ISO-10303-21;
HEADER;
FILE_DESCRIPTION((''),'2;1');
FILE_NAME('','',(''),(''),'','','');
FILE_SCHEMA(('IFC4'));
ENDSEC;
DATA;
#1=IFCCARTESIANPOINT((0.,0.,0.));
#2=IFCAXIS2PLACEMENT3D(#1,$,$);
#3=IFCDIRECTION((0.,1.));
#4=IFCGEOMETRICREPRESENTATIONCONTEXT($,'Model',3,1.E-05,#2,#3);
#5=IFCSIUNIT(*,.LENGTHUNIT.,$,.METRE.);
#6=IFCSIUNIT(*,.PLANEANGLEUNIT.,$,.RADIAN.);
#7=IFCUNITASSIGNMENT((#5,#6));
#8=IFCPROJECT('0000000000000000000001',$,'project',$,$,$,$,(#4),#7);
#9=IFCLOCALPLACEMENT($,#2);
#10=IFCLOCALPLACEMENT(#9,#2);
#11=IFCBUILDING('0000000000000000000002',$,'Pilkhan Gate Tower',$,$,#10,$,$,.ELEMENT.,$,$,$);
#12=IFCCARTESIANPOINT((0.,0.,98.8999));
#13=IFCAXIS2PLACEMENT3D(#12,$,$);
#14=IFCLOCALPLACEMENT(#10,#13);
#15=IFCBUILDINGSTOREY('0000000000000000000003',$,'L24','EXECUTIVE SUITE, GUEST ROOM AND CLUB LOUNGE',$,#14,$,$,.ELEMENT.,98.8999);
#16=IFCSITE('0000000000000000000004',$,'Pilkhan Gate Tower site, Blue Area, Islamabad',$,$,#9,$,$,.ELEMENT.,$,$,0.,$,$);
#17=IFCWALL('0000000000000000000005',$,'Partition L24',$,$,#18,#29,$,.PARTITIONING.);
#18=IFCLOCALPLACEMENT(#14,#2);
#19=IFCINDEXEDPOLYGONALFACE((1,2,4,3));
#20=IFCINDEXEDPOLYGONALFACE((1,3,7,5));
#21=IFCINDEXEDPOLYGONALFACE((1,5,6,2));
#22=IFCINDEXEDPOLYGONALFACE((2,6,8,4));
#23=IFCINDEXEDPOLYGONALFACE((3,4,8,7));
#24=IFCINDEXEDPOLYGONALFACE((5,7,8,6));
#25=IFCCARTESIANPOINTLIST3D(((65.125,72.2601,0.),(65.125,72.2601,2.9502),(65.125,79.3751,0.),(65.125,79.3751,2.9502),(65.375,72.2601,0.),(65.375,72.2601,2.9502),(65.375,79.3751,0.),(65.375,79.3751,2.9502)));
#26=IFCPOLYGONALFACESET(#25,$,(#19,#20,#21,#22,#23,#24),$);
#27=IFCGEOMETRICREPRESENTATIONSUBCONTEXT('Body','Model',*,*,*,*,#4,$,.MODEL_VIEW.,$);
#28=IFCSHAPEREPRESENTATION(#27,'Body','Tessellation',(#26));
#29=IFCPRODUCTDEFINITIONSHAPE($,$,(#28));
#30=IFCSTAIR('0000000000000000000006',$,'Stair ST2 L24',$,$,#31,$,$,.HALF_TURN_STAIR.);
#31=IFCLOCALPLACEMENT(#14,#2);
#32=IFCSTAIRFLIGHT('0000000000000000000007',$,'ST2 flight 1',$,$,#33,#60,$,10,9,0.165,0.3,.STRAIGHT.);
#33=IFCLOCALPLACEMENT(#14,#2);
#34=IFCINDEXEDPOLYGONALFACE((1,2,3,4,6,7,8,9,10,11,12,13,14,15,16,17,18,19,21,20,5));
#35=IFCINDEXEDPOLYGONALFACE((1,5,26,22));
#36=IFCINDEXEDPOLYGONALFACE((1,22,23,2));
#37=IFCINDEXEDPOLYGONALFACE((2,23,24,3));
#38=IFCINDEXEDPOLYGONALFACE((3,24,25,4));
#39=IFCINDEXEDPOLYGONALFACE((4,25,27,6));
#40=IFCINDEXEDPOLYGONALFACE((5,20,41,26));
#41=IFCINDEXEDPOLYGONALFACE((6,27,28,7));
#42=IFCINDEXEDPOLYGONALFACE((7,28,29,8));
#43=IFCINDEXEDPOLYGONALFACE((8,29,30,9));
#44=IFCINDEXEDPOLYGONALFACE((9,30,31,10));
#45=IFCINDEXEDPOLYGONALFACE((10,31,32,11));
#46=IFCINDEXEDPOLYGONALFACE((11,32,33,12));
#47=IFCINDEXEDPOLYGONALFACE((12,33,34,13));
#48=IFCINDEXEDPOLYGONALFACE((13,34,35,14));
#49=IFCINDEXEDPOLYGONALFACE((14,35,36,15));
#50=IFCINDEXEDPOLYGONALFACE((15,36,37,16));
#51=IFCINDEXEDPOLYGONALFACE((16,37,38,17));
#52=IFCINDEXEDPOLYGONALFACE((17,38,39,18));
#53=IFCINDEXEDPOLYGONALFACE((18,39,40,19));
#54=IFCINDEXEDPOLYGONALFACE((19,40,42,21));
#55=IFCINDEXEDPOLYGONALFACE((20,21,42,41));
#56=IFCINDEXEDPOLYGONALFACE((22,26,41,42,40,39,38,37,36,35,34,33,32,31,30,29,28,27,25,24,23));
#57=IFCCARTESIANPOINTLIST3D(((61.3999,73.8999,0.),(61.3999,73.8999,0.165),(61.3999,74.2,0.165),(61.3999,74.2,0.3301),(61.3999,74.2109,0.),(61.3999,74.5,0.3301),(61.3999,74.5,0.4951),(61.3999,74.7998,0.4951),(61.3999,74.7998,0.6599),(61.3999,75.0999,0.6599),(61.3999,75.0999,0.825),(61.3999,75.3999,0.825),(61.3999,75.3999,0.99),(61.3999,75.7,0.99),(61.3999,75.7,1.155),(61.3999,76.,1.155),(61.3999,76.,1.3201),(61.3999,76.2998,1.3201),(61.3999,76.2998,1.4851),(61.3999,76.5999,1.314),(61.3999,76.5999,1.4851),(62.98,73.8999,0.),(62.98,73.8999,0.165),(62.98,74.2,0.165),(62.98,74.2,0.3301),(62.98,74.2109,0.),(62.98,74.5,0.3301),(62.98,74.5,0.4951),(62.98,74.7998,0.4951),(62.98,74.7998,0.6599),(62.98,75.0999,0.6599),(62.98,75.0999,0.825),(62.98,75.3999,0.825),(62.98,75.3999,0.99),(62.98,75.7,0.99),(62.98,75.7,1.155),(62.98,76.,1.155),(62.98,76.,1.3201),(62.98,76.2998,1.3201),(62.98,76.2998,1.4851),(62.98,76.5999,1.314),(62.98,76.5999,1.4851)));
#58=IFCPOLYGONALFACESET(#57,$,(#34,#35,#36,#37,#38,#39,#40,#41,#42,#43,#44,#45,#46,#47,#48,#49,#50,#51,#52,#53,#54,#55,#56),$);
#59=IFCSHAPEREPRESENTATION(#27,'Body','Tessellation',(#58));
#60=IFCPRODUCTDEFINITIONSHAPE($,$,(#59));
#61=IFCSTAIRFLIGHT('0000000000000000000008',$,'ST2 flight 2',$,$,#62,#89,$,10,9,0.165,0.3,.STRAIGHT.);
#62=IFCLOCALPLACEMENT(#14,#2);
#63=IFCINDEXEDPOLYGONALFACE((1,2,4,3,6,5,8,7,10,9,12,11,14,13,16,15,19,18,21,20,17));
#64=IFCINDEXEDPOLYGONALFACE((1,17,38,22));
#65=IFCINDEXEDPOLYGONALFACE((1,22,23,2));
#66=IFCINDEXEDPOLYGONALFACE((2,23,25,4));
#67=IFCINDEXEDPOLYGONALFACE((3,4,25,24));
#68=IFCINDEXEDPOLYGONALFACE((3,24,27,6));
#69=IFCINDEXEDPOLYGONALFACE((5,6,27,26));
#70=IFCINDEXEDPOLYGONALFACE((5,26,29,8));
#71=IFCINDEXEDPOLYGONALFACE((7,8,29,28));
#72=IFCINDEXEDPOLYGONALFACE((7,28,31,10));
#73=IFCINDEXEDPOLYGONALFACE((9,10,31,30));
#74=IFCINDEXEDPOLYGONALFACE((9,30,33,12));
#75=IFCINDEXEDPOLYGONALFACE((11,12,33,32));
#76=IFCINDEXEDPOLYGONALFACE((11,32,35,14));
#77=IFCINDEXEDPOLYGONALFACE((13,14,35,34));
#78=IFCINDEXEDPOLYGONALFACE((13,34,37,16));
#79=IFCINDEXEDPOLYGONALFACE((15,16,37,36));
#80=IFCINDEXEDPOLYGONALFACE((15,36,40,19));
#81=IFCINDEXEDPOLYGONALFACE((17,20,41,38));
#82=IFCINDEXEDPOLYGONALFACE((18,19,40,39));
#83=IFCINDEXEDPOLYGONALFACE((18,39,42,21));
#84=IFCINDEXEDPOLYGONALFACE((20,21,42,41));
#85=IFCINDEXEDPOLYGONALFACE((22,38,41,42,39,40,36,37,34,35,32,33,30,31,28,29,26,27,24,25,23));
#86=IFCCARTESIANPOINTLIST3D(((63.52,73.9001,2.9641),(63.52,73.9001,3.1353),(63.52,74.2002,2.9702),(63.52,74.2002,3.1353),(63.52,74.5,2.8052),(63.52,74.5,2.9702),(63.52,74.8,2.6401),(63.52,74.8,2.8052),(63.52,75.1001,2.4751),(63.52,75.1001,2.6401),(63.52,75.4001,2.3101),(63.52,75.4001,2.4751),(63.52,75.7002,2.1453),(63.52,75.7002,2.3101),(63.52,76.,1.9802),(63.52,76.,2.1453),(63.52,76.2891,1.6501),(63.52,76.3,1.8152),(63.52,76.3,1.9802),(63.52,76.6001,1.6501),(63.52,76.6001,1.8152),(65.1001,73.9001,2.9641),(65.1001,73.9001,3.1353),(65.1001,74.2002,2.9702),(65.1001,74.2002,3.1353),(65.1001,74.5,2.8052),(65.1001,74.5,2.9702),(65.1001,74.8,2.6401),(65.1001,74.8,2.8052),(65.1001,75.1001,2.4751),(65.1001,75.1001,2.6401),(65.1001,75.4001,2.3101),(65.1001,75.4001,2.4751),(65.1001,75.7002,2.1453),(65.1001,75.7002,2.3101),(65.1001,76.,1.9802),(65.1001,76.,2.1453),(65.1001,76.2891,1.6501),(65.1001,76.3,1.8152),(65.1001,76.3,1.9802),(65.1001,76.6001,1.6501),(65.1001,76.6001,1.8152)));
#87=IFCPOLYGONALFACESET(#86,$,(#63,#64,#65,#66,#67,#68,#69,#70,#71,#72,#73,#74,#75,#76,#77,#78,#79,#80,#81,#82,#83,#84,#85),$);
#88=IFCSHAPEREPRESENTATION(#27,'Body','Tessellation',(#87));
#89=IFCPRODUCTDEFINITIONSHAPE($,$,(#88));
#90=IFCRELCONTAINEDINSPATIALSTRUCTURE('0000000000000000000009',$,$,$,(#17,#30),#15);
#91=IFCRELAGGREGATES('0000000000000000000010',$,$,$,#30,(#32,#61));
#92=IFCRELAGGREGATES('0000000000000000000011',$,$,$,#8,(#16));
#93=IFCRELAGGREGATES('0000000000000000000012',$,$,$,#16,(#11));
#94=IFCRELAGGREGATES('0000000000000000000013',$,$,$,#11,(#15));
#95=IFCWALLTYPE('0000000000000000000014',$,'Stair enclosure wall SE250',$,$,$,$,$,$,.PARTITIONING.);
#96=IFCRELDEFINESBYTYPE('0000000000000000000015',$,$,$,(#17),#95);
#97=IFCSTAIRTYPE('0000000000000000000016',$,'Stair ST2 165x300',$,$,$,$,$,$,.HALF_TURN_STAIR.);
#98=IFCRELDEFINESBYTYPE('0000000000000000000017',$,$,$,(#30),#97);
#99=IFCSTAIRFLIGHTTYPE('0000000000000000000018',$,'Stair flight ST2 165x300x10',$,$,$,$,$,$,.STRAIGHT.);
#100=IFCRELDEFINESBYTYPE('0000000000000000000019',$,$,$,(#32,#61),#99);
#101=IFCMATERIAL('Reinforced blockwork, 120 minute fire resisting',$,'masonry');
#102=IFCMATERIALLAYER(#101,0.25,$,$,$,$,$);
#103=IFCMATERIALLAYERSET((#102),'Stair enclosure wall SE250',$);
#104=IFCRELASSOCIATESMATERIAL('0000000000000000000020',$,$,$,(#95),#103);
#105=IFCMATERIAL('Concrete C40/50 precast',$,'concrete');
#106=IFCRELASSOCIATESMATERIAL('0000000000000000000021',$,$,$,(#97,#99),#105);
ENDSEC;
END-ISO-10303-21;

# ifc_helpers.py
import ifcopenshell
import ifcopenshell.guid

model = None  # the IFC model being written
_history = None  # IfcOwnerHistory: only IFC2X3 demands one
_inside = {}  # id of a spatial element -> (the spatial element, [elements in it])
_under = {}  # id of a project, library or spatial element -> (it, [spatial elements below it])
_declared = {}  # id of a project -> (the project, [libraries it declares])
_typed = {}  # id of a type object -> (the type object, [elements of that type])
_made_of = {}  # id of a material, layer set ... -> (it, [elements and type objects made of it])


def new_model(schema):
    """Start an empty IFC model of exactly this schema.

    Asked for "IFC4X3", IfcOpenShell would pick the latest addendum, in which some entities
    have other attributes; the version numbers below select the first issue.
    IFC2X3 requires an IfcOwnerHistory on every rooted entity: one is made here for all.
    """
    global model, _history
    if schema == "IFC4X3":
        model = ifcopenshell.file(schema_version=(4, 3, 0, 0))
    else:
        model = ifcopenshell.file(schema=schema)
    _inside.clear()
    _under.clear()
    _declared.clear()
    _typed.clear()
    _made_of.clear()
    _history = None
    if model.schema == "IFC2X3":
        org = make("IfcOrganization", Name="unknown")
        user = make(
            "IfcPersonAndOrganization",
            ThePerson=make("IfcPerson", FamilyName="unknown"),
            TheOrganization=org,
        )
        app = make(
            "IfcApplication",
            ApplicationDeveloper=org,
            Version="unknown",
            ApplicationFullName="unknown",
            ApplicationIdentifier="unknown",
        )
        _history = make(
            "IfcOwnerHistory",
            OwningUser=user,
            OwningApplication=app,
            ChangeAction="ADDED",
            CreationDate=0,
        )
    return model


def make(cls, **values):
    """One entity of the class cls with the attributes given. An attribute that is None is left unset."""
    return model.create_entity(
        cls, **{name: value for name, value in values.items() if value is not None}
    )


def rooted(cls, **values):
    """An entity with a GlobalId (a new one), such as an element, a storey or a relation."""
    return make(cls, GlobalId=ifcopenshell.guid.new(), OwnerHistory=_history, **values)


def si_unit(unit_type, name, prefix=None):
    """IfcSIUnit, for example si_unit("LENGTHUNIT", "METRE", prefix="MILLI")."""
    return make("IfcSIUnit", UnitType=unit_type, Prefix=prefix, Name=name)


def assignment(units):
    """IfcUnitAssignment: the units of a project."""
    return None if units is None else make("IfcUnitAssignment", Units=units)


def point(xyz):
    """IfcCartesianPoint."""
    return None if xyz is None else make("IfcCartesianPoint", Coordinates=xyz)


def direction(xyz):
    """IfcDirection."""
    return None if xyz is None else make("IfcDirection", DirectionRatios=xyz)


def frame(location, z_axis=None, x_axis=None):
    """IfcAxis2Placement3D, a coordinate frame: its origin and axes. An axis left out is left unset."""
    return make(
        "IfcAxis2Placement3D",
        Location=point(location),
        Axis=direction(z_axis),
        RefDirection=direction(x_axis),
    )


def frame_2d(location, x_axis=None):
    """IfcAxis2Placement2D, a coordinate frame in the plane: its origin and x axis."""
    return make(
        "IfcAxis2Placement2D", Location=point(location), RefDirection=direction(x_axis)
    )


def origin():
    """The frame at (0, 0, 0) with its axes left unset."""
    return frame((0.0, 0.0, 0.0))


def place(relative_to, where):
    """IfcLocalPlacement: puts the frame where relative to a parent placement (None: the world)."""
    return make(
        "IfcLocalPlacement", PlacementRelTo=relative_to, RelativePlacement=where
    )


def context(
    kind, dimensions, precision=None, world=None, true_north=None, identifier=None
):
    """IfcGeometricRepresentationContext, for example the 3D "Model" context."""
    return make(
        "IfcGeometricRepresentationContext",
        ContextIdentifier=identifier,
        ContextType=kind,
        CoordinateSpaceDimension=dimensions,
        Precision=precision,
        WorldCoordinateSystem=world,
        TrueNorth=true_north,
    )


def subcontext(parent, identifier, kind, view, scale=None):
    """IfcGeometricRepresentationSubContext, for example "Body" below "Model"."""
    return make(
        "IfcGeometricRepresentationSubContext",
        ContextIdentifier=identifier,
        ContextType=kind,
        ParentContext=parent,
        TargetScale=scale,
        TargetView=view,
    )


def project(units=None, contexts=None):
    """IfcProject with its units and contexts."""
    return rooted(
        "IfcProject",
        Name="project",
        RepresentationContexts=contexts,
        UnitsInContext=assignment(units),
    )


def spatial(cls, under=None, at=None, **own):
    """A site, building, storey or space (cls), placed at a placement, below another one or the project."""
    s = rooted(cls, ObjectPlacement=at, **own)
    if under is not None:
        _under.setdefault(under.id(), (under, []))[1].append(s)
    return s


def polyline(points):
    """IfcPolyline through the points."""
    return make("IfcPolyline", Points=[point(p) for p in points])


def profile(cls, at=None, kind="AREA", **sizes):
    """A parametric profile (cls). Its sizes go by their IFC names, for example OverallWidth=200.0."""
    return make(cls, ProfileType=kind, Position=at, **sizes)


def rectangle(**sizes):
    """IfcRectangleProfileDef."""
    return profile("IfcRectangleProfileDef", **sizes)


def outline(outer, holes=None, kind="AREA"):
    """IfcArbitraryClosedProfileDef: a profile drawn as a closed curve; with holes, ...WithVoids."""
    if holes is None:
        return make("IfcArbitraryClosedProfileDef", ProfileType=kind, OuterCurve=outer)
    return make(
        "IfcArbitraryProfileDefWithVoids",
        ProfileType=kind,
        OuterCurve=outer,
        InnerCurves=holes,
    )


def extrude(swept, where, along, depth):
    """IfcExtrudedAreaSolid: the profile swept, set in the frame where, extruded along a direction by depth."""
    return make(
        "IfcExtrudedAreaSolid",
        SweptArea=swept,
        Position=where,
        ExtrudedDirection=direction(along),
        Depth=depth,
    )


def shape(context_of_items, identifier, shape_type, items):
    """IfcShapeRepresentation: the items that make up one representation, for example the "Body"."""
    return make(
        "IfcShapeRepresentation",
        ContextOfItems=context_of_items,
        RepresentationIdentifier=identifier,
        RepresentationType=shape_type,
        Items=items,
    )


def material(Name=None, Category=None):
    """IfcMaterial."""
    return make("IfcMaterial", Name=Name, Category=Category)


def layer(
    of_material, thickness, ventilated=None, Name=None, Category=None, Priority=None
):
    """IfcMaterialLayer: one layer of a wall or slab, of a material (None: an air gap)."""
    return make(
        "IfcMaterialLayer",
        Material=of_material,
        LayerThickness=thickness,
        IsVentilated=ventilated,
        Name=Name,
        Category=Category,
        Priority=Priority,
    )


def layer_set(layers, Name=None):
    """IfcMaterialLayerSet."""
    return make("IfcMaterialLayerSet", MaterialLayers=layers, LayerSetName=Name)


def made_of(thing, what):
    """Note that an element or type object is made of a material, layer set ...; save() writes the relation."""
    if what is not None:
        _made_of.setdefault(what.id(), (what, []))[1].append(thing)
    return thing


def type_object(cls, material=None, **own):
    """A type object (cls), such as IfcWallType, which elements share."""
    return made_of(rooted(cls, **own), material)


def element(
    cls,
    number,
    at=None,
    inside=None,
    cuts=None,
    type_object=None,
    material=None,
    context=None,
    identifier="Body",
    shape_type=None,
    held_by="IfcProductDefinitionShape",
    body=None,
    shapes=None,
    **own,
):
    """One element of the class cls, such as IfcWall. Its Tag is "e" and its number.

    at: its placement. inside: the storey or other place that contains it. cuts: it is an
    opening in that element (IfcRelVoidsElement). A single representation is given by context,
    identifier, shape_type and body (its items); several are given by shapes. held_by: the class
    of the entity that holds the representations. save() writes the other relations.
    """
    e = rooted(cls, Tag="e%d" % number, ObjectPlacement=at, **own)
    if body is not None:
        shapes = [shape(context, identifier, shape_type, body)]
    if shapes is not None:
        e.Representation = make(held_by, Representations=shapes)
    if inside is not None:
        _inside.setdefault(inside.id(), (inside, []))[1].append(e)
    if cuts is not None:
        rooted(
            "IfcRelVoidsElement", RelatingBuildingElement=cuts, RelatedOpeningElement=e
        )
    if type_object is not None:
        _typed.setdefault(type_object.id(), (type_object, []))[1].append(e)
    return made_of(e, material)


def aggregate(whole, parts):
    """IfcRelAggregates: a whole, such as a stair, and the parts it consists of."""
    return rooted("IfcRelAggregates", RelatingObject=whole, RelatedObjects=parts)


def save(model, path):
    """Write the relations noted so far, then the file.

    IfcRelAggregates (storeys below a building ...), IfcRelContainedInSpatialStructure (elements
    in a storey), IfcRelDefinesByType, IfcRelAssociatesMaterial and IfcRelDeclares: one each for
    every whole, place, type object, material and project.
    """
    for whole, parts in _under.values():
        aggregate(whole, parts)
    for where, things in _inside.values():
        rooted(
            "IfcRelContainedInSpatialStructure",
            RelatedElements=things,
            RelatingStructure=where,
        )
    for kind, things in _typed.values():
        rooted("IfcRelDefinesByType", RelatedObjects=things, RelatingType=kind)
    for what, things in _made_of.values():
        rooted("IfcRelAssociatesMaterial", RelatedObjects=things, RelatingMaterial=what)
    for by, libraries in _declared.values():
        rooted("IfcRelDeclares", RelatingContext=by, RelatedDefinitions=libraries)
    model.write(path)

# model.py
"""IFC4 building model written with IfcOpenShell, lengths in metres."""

from ifc_helpers import new_model, si_unit, direction, frame, frame_2d, origin, place, context, subcontext, project, spatial, polyline, rectangle, outline, extrude, material, layer, layer_set, type_object, element, aggregate, save


model = new_model("IFC4")

# Units and contexts
model_context = context("Model", 3, precision=1e-05, world=origin(), true_north=direction((0.0, 1.0)))
body_context = subcontext(model_context, "Body", "Model", "MODEL_VIEW")
ifc_project = project(units=[si_unit("LENGTHUNIT", "METRE"), si_unit("PLANEANGLEUNIT", "RADIAN")], contexts=[model_context])

# Site, building, storey
site_placement = place(None, origin())
site = spatial("IfcSite", under=ifc_project, at=site_placement, Name="Pilkhan Gate Tower site, Blue Area, Islamabad", CompositionType="ELEMENT", RefElevation=0.0)
building_placement = place(site_placement, origin())
building = spatial("IfcBuilding", under=site, at=building_placement, Name="Pilkhan Gate Tower", CompositionType="ELEMENT")
storey_placement = place(building_placement, frame((0.0, 0.0, 98.8999)))
storey = spatial("IfcBuildingStorey", under=building, at=storey_placement, Name="L24", Description="EXECUTIVE SUITE, GUEST ROOM AND CLUB LOUNGE", CompositionType="ELEMENT", Elevation=98.8999)

# Wall
ifc_material_1 = material(Name="Reinforced blockwork, 120 minute fire resisting", Category="masonry")
ifc_layer_1 = layer(ifc_material_1, 0.25)
ifc_layer_set_1 = layer_set([ifc_layer_1], Name="Stair enclosure wall SE250")
wall_type_1 = type_object("IfcWallType", Name="Stair enclosure wall SE250", PredefinedType="PARTITIONING", material=ifc_layer_set_1)
wall_1_placement = place(storey_placement, frame((65.25, 72.26, 0.0), z_axis=(0.0, 0.0, 1.0), x_axis=(0.0, 1.0, 0.0)))
element("IfcWall", 1, at=wall_1_placement, inside=storey, type_object=wall_type_1, Name="Partition L24", PredefinedType="PARTITIONING", context=body_context, shape_type="SweptSolid", body=[
    extrude(rectangle(XDim=7.115, YDim=0.25, at=frame_2d((3.5576, 0.0))), origin(), (0.0, 0.0, 1.0), 2.9502),
])

# Stair, stair flights
ifc_material_2 = material(Name="Concrete C40/50 precast", Category="concrete")
stair_type = type_object("IfcStairType", Name="Stair ST2 165x300", PredefinedType="HALF_TURN_STAIR", material=ifc_material_2)
stair_placement = place(storey_placement, origin())
stair = element("IfcStair", 2, at=stair_placement, inside=storey, type_object=stair_type, Name="Stair ST2 L24", PredefinedType="HALF_TURN_STAIR")
stair_flight_type = type_object("IfcStairFlightType", Name="Stair flight ST2 165x300x10", PredefinedType="STRAIGHT", material=ifc_material_2)
stair_flight_1_placement = place(storey_placement, frame((62.1899, 73.8999, 0.0), z_axis=(0.0, 0.0, 1.0), x_axis=(0.0, 1.0, 0.0)))
stair_flight_1 = element("IfcStairFlight", 3, at=stair_flight_1_placement, type_object=stair_flight_type, Name="ST2 flight 1", NumberOfRisers=10, NumberOfTreads=9, PredefinedType="STRAIGHT", RiserHeight=0.165, TreadLength=0.3, context=body_context, shape_type="SweptSolid", body=[
    extrude(outline(polyline([(0.0, 0.0), (0.0, 0.165), (0.3, 0.165), (0.3, 0.3301), (0.6001, 0.3301), (0.6001, 0.4951), (0.8999, 0.4951), (0.8999, 0.6599), (1.2, 0.6599), (1.2, 0.825), (1.5, 0.825), (1.5, 0.99), (1.8, 0.99), (1.8, 1.155), (2.1001, 1.155), (2.1001, 1.3201), (2.3999, 1.3201), (2.3999, 1.4851), (2.7, 1.4851), (2.7, 1.6499), (2.7, 1.314), (0.311, 0.0), (0.0, 0.0)])), frame((0.0, 0.79, 0.0), z_axis=(0.0, -1.0, 0.0), x_axis=(1.0, 0.0, 0.0)), (0.0, 0.0, 1.0), 1.5801),
])
stair_flight_2_placement = place(storey_placement, frame((64.3101, 76.6001, 1.6501), z_axis=(0.0, 0.0, 1.0), x_axis=(0.0, -1.0, 0.0)))
stair_flight_2 = element("IfcStairFlight", 4, at=stair_flight_2_placement, type_object=stair_flight_type, Name="ST2 flight 2", NumberOfRisers=10, NumberOfTreads=9, PredefinedType="STRAIGHT", RiserHeight=0.165, TreadLength=0.3, context=body_context, shape_type="SweptSolid", body=[
    extrude(outline(polyline([(0.0, 0.0), (0.0, 0.165), (0.3, 0.165), (0.3, 0.3301), (0.6001, 0.3301), (0.6001, 0.4951), (0.8999, 0.4951), (0.8999, 0.6599), (1.2, 0.6599), (1.2, 0.825), (1.5, 0.825), (1.5, 0.99), (1.8, 0.99), (1.8, 1.155), (2.1001, 1.155), (2.1001, 1.3201), (2.3999, 1.3201), (2.3999, 1.4851), (2.7, 1.4851), (2.7, 1.6499), (2.7, 1.314), (0.311, 0.0), (0.0, 0.0)])), frame((0.0, 0.79, 0.0), z_axis=(0.0, -1.0, 0.0), x_axis=(1.0, 0.0, 0.0)), (0.0, 0.0, 1.0), 1.5801),
])
aggregate(stair, [stair_flight_1, stair_flight_2])

save(model, "model.ifc")
